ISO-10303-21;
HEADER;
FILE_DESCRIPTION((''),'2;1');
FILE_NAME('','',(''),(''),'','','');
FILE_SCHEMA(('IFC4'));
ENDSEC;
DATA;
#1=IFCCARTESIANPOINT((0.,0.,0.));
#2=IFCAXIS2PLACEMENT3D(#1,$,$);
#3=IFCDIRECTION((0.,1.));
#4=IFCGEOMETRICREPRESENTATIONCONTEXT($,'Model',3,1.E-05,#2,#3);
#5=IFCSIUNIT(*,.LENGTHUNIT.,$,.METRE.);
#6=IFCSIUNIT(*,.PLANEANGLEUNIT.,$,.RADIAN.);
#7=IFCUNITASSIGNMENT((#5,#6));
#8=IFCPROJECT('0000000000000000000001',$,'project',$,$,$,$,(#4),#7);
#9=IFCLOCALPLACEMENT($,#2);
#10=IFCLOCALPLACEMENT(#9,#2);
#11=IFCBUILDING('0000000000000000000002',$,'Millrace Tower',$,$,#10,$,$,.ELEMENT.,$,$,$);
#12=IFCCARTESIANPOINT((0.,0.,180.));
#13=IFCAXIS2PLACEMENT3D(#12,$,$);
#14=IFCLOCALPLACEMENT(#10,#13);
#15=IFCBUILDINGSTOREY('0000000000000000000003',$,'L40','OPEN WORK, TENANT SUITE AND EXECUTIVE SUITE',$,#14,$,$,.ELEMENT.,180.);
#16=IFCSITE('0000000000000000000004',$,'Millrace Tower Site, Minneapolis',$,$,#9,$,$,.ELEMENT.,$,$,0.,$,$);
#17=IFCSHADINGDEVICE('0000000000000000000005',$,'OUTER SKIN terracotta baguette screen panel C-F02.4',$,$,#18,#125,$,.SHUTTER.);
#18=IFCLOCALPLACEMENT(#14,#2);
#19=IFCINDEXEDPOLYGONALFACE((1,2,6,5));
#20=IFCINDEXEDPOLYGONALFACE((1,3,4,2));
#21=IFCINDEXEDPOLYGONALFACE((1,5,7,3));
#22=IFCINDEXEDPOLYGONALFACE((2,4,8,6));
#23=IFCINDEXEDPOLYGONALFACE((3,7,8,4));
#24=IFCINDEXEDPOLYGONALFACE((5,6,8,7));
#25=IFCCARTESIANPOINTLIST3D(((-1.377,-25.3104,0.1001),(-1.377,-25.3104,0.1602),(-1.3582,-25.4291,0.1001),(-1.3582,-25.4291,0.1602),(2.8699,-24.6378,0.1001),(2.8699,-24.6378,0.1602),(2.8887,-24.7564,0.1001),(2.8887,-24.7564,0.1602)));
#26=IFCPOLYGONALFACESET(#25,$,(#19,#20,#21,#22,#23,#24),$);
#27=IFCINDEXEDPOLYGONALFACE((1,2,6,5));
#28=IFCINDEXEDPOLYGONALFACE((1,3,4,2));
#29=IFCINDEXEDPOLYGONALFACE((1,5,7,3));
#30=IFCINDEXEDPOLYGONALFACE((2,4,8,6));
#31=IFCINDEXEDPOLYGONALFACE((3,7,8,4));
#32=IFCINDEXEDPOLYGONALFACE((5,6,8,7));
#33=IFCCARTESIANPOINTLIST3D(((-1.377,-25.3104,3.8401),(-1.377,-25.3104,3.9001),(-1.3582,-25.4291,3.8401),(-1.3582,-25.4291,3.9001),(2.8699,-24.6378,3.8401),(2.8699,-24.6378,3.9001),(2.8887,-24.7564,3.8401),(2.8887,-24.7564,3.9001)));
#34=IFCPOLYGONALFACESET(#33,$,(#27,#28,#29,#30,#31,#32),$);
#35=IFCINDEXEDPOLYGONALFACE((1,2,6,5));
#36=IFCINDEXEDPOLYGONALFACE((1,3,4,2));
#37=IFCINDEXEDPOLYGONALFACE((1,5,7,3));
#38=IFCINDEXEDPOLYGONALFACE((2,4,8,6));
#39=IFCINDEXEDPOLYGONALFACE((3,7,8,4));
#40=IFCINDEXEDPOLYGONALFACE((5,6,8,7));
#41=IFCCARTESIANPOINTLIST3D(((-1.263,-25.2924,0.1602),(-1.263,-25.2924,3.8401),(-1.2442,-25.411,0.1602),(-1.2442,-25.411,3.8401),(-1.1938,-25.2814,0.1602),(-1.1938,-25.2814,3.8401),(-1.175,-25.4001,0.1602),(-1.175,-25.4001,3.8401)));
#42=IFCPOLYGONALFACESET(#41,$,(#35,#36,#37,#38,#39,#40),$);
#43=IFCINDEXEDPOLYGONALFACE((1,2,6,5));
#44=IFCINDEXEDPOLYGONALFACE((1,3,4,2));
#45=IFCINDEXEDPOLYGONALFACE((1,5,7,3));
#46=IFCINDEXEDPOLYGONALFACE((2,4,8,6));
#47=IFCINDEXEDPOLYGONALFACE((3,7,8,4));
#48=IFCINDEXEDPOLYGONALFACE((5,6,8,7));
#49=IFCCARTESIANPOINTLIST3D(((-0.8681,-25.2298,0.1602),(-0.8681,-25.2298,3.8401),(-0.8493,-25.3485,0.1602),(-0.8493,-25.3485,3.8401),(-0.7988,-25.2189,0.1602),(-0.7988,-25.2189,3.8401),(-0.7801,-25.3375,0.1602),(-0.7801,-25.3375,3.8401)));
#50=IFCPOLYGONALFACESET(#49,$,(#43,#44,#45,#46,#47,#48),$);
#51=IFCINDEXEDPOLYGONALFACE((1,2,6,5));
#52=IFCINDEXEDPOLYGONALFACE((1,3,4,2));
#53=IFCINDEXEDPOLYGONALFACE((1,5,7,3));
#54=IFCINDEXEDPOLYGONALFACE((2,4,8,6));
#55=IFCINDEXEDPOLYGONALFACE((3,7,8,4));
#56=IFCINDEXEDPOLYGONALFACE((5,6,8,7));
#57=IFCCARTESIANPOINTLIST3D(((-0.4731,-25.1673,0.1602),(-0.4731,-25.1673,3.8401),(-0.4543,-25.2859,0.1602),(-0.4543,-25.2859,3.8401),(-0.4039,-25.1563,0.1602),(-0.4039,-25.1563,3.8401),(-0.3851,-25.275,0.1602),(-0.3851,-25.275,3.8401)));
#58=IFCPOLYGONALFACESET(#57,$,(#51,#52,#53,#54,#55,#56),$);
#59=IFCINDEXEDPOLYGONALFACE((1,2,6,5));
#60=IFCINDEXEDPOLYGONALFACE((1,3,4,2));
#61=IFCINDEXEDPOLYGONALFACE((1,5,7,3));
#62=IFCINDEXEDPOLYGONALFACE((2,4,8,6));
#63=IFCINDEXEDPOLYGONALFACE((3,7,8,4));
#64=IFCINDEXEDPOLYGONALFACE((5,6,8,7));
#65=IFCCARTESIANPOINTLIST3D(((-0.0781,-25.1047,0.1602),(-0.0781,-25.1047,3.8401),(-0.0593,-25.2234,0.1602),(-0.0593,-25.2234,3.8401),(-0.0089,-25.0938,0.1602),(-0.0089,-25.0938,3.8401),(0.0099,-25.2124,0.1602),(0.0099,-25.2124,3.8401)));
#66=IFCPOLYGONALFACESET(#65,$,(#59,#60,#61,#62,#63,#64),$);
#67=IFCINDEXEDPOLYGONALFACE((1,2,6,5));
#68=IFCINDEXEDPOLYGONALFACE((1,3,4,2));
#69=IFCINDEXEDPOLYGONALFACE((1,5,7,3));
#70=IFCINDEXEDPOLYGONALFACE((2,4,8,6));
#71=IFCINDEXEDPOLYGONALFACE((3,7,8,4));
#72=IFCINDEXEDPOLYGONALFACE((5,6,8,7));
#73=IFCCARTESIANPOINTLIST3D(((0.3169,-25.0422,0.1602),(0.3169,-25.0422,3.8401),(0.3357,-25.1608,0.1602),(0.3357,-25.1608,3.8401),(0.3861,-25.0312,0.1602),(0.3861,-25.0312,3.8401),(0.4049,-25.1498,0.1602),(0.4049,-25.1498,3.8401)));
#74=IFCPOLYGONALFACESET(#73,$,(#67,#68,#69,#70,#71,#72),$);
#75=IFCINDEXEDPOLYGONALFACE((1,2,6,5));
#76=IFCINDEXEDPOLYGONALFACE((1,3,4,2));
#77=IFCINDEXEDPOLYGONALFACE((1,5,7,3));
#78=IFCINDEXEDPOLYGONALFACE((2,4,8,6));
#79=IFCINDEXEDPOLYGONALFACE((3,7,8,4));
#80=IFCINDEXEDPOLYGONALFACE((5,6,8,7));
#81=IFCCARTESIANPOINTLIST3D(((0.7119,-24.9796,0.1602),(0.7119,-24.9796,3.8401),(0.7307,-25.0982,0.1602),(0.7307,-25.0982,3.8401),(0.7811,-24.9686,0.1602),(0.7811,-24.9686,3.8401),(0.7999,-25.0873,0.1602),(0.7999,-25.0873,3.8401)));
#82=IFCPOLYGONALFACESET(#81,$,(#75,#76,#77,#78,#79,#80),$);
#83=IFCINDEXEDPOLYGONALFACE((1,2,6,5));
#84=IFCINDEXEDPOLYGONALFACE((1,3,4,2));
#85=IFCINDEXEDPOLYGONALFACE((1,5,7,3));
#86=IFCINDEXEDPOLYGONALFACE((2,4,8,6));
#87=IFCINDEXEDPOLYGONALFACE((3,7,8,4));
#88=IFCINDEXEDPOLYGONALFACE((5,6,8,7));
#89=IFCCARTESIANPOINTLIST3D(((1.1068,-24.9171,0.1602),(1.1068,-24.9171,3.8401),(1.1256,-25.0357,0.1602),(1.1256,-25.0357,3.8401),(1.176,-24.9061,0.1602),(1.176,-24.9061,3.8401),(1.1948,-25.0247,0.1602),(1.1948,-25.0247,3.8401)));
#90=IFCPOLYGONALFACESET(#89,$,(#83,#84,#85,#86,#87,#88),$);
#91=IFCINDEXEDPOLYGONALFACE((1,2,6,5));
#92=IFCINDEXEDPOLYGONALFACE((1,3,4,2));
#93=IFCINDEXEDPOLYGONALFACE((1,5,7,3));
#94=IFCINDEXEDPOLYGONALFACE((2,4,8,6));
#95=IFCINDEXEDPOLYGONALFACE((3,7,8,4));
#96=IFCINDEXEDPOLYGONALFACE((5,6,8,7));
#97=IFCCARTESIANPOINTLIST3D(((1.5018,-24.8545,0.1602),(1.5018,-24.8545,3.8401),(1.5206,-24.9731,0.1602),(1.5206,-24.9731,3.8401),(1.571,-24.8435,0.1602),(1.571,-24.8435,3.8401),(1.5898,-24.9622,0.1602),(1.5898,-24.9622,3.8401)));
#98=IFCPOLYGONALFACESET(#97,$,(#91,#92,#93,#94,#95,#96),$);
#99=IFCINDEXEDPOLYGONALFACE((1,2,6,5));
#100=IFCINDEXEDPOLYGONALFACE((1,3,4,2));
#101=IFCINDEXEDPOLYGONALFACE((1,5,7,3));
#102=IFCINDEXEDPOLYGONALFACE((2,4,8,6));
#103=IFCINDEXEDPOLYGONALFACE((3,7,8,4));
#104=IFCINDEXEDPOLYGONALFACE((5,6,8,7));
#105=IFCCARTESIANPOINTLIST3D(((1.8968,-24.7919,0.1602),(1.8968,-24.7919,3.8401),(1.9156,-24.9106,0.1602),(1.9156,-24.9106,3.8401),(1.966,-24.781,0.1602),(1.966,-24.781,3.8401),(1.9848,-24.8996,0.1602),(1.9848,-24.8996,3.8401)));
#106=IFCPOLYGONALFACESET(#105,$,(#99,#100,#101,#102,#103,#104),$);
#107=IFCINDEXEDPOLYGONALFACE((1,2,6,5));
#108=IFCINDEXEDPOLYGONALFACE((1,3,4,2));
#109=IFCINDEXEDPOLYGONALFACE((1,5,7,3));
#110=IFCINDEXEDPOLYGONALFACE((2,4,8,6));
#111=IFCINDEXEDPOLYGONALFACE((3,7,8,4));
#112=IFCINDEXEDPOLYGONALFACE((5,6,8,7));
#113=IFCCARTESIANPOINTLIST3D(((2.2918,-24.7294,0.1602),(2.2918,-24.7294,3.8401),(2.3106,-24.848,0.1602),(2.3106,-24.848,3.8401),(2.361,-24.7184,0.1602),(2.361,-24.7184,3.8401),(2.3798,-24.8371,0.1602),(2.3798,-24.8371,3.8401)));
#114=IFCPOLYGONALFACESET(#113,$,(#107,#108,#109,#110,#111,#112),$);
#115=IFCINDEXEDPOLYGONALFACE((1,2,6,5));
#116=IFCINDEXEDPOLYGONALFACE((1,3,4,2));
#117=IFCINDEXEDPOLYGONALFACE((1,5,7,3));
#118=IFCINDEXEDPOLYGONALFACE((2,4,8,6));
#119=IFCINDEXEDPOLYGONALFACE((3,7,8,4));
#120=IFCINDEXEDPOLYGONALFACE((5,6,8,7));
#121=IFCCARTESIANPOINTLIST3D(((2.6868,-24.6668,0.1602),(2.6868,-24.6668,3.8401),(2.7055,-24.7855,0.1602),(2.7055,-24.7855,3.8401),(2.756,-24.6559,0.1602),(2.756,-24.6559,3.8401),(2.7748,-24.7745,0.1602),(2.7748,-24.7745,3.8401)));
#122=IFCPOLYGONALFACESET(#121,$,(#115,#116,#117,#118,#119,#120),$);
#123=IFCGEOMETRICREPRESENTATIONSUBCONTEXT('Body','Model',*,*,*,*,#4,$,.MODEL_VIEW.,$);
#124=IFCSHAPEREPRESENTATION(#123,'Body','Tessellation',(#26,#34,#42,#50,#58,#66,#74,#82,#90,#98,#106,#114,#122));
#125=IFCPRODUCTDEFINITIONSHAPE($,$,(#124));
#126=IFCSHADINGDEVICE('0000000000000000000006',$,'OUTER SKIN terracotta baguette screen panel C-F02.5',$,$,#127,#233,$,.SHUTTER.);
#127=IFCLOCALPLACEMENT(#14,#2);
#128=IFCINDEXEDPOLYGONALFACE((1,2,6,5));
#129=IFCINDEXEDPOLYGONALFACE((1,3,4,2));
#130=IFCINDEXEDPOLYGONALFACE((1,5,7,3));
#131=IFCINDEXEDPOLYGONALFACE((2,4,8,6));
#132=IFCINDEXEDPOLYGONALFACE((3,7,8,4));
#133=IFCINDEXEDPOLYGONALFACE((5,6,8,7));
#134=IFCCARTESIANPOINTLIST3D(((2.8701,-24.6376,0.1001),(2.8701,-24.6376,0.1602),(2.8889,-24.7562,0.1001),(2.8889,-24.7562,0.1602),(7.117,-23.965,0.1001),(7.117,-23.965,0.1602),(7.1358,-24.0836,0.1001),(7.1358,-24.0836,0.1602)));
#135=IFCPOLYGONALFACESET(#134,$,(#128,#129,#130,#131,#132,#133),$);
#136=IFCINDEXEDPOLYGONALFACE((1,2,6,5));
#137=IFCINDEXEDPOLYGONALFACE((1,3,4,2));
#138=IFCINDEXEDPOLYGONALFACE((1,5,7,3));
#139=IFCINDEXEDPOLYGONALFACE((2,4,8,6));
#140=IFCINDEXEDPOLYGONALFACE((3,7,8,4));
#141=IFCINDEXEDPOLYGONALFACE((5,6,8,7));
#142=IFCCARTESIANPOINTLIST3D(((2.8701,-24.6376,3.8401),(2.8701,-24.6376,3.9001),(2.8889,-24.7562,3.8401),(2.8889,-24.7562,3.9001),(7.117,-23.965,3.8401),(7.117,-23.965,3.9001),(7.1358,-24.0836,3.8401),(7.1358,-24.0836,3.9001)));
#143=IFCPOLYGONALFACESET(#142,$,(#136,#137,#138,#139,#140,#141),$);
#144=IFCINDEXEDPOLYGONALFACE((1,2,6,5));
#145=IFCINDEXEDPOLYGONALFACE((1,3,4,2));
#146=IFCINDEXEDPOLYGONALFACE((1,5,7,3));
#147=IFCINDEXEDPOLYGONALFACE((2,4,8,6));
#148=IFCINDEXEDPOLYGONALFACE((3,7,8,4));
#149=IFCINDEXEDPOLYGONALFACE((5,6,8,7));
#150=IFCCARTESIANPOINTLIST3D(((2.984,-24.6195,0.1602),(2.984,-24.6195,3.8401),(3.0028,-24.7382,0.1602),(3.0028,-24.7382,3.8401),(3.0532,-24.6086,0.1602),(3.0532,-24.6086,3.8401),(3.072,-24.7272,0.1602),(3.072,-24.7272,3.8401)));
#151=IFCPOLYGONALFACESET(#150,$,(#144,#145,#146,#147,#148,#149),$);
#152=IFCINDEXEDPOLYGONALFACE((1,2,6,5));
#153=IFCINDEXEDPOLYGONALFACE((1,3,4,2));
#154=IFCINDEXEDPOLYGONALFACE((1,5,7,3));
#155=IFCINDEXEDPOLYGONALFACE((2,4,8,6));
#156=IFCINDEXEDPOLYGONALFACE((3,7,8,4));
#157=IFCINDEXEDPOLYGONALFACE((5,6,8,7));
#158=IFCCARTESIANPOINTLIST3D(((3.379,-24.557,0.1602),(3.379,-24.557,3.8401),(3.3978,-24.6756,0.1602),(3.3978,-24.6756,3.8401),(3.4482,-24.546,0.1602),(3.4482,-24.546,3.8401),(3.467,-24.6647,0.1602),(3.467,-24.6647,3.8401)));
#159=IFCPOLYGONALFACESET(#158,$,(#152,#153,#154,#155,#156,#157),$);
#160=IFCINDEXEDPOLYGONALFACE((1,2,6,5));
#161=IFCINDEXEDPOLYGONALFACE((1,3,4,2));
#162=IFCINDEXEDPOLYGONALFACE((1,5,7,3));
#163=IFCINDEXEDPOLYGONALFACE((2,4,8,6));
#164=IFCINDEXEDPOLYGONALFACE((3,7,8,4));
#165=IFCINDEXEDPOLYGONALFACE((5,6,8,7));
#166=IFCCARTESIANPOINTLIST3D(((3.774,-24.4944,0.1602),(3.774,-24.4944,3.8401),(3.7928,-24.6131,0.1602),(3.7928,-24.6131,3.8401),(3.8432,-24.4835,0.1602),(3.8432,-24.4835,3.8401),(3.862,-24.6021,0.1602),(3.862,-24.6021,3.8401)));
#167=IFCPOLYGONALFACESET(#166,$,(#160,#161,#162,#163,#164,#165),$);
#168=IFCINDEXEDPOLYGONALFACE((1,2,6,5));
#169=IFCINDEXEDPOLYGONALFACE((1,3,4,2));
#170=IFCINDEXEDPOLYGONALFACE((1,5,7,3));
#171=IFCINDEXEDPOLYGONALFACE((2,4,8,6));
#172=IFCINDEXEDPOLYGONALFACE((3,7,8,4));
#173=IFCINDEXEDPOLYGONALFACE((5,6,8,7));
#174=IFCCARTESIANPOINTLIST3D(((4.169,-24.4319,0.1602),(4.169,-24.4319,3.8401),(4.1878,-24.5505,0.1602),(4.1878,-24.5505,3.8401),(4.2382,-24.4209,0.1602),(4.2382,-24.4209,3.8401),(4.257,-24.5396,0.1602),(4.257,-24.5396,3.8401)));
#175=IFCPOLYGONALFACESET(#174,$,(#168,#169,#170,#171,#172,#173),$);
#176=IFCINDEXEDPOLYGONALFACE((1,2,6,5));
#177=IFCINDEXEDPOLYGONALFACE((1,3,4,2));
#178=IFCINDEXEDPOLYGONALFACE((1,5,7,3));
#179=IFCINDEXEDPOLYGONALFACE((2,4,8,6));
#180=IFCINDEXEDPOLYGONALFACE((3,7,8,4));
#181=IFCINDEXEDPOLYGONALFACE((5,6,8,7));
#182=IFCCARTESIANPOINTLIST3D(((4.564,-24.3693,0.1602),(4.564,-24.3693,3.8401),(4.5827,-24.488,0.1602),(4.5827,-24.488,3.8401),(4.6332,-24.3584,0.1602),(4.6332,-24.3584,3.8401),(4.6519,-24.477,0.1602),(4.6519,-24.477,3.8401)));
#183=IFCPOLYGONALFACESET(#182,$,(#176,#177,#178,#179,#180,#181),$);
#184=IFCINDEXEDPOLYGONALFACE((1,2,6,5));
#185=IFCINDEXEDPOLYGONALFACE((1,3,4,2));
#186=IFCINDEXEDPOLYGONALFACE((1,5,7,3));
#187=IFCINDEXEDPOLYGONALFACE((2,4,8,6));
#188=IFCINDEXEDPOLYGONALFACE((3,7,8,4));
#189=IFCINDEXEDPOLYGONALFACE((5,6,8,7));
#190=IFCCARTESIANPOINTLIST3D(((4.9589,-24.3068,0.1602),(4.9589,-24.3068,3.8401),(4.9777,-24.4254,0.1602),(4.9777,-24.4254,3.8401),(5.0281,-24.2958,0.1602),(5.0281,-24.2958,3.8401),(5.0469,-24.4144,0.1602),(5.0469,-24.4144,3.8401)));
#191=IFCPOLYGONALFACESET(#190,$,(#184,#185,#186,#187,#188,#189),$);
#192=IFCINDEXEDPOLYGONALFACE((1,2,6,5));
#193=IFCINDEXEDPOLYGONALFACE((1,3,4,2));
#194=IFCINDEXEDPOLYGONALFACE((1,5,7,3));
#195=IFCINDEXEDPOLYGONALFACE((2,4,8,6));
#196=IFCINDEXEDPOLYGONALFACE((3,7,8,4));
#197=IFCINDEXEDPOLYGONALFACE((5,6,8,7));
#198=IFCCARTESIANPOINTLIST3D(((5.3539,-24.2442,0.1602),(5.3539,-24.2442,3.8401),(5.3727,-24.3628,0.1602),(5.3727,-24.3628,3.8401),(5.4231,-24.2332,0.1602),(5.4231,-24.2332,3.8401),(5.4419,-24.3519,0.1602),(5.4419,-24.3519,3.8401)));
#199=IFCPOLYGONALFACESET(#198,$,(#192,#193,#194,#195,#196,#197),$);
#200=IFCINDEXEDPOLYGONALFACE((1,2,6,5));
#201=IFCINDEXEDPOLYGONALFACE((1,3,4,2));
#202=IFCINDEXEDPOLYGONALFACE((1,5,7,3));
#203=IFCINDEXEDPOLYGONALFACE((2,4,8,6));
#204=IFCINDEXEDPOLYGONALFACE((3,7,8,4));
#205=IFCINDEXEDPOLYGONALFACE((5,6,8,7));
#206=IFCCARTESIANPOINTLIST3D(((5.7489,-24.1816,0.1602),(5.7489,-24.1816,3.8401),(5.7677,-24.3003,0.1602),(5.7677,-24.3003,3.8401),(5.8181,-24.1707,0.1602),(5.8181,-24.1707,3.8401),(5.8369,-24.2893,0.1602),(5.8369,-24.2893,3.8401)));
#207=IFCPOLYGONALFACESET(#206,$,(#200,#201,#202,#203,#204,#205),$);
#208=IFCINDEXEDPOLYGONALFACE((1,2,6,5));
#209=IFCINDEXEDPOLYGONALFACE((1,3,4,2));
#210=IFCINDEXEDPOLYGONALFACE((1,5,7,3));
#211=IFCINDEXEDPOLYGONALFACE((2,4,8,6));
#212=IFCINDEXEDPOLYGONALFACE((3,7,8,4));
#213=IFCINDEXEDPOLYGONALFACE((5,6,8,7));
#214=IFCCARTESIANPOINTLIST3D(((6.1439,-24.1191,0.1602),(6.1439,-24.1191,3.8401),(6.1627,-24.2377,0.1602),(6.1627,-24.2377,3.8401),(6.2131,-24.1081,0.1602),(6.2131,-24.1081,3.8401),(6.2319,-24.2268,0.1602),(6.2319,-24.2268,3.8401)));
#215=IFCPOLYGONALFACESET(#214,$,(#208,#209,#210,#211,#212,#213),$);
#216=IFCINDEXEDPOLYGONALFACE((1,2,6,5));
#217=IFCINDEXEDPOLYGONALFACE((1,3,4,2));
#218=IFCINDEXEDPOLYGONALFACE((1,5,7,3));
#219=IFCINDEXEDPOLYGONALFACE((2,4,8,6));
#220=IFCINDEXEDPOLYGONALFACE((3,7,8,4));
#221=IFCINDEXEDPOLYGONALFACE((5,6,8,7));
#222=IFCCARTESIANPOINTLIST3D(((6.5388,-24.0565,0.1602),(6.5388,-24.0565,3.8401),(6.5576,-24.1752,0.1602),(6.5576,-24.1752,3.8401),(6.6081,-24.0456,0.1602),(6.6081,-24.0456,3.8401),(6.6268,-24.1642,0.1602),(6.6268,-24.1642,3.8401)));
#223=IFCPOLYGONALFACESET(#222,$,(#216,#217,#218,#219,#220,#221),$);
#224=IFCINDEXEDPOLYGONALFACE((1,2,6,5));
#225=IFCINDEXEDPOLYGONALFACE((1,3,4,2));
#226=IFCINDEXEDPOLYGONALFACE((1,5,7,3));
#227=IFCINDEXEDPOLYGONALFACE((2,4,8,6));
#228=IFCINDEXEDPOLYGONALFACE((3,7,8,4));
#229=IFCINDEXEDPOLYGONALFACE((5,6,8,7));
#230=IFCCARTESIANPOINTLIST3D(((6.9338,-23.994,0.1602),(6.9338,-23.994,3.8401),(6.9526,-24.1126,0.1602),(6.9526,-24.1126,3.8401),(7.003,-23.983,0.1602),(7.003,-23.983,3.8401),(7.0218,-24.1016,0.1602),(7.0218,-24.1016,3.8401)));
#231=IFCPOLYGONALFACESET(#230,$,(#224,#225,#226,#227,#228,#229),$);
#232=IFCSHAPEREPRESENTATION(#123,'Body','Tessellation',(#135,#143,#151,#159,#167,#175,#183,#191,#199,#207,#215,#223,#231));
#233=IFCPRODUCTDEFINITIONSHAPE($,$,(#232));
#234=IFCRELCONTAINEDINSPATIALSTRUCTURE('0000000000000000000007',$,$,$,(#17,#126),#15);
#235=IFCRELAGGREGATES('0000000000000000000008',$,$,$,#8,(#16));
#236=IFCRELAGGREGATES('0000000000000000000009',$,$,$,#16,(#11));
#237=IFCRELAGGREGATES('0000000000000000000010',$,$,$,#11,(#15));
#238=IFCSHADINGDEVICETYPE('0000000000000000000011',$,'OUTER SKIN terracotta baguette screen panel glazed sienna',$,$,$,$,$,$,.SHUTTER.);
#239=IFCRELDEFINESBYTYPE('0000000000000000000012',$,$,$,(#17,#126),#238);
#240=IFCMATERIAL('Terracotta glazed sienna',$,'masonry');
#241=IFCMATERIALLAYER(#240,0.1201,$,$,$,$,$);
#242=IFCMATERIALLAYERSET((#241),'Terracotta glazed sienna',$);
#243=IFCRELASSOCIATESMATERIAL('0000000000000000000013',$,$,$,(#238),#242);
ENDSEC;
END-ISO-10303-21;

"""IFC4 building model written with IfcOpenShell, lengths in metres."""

from ifc_helpers import new_model, entity, si_unit, direction, frame, frame_2d, origin, origin_2d, place, context, subcontext, project, spatial, rectangle, extrude, source, transform, mapped, material, layer, layer_set, type_object, element, save


model = new_model("IFC4")

# Units and contexts
model_context = context("Model", 3, precision=1e-05, world=origin(), true_north=direction((0.0, 1.0)))
body_context = subcontext(model_context, "Body", "Model", "MODEL_VIEW")
ifc_project = project(units=[si_unit("LENGTHUNIT", "METRE"), si_unit("PLANEANGLEUNIT", "RADIAN")], contexts=[model_context])

# Site, building, storey
site_placement = place(None, origin())
site = spatial("IfcSite", under=ifc_project, at=site_placement, Name="Millrace Tower Site, Minneapolis", CompositionType="ELEMENT", RefElevation=0.0)
building_placement = place(site_placement, origin())
building = spatial("IfcBuilding", under=site, at=building_placement, Name="Millrace Tower", CompositionType="ELEMENT")
storey_placement = place(building_placement, frame((0.0, 0.0, 180.0)))
storey = spatial("IfcBuildingStorey", under=building, at=storey_placement, Name="L40", Description="OPEN WORK, TENANT SUITE AND EXECUTIVE SUITE", CompositionType="ELEMENT", Elevation=180.0)

# Shading devices
ifc_material_1 = material(Name="Terracotta glazed sienna", Category="masonry")
ifc_layer_1 = layer(ifc_material_1, 0.1201)
ifc_layer_set_1 = layer_set([ifc_layer_1], Name="Terracotta glazed sienna")
shading_device_type = type_object("IfcShadingDeviceType", Name="OUTER SKIN terracotta baguette screen panel glazed sienna", PredefinedType="SHUTTER", material=ifc_layer_set_1)
cartesian_point = entity("IfcCartesianPoint", [-2.1499, 0.0601])
shared_polyline = entity("IfcPolyline", [cartesian_point, entity("IfcCartesianPoint", [2.1499, 0.0601]), entity("IfcCartesianPoint", [2.1499, -0.0601]), entity("IfcCartesianPoint", [-2.1499, -0.0601]), cartesian_point])
shared_shape = source(origin(), body_context, "Body", "SweptSolid", [
    entity("IfcExtrudedAreaSolid", entity("IfcArbitraryClosedProfileDef", "AREA", None, shared_polyline), entity("IfcAxis2Placement3D", entity("IfcCartesianPoint", [0.0, 0.0, 0.0])), entity("IfcDirection", [0.0, 0.0, 1.0]), 0.0601),
    entity("IfcExtrudedAreaSolid", entity("IfcArbitraryClosedProfileDef", "AREA", None, shared_polyline), entity("IfcAxis2Placement3D", entity("IfcCartesianPoint", [0.0, 0.0, 3.74])), entity("IfcDirection", [0.0, 0.0, 1.0]), 0.0601),
    extrude(rectangle(XDim=0.0701, YDim=0.1201, at=frame_2d((-1.9995, 0.0))), frame((0.0, 0.0, 0.0601)), (0.0, 0.0, 1.0), 3.6799),
    extrude(rectangle(XDim=0.0701, YDim=0.1201, at=frame_2d((-1.5996, 0.0))), frame((0.0, 0.0, 0.0601)), (0.0, 0.0, 1.0), 3.6799),
    extrude(rectangle(XDim=0.0701, YDim=0.1201, at=frame_2d((-1.1997, 0.0))), frame((0.0, 0.0, 0.0601)), (0.0, 0.0, 1.0), 3.6799),
    extrude(rectangle(XDim=0.0701, YDim=0.1201, at=frame_2d((-0.7998, 0.0))), frame((0.0, 0.0, 0.0601)), (0.0, 0.0, 1.0), 3.6799),
    extrude(rectangle(XDim=0.0701, YDim=0.1201, at=frame_2d((-0.3999, 0.0))), frame((0.0, 0.0, 0.0601)), (0.0, 0.0, 1.0), 3.6799),
    extrude(rectangle(XDim=0.0701, YDim=0.1201, at=origin_2d()), frame((0.0, 0.0, 0.0601)), (0.0, 0.0, 1.0), 3.6799),
    extrude(rectangle(XDim=0.0701, YDim=0.1201, at=frame_2d((0.3999, 0.0))), frame((0.0, 0.0, 0.0601)), (0.0, 0.0, 1.0), 3.6799),
    extrude(rectangle(XDim=0.0701, YDim=0.1201, at=frame_2d((0.7998, 0.0))), frame((0.0, 0.0, 0.0601)), (0.0, 0.0, 1.0), 3.6799),
    extrude(rectangle(XDim=0.0701, YDim=0.1201, at=frame_2d((1.1997, 0.0))), frame((0.0, 0.0, 0.0601)), (0.0, 0.0, 1.0), 3.6799),
    extrude(rectangle(XDim=0.0701, YDim=0.1201, at=frame_2d((1.5996, 0.0))), frame((0.0, 0.0, 0.0601)), (0.0, 0.0, 1.0), 3.6799),
    extrude(rectangle(XDim=0.0701, YDim=0.1201, at=frame_2d((1.9995, 0.0))), frame((0.0, 0.0, 0.0601)), (0.0, 0.0, 1.0), 3.6799),
])
for number, where, z_axis, x_axis, name in (
    (1, (0.7559, -25.0334, 0.1001), (0.0, 0.0, 1.0), (0.987688, 0.156434, 0.0), "OUTER SKIN terracotta baguette screen panel C-F02.4"),
    (2, (5.0029, -24.3606, 0.1001), (0.0, 0.0, 1.0), (0.987688, 0.156434, 0.0), "OUTER SKIN terracotta baguette screen panel C-F02.5"),
):
    element("IfcShadingDevice", number, at=place(storey_placement, frame(where, z_axis=z_axis, x_axis=x_axis)), inside=storey, type_object=shading_device_type, Name=name, PredefinedType="SHUTTER", context=body_context, shape_type="MappedRepresentation", body=[
        mapped(shared_shape, transform((0.0, 0.0, 0.0), scale=1.0)),
    ])

save(model, "model.ifc")
